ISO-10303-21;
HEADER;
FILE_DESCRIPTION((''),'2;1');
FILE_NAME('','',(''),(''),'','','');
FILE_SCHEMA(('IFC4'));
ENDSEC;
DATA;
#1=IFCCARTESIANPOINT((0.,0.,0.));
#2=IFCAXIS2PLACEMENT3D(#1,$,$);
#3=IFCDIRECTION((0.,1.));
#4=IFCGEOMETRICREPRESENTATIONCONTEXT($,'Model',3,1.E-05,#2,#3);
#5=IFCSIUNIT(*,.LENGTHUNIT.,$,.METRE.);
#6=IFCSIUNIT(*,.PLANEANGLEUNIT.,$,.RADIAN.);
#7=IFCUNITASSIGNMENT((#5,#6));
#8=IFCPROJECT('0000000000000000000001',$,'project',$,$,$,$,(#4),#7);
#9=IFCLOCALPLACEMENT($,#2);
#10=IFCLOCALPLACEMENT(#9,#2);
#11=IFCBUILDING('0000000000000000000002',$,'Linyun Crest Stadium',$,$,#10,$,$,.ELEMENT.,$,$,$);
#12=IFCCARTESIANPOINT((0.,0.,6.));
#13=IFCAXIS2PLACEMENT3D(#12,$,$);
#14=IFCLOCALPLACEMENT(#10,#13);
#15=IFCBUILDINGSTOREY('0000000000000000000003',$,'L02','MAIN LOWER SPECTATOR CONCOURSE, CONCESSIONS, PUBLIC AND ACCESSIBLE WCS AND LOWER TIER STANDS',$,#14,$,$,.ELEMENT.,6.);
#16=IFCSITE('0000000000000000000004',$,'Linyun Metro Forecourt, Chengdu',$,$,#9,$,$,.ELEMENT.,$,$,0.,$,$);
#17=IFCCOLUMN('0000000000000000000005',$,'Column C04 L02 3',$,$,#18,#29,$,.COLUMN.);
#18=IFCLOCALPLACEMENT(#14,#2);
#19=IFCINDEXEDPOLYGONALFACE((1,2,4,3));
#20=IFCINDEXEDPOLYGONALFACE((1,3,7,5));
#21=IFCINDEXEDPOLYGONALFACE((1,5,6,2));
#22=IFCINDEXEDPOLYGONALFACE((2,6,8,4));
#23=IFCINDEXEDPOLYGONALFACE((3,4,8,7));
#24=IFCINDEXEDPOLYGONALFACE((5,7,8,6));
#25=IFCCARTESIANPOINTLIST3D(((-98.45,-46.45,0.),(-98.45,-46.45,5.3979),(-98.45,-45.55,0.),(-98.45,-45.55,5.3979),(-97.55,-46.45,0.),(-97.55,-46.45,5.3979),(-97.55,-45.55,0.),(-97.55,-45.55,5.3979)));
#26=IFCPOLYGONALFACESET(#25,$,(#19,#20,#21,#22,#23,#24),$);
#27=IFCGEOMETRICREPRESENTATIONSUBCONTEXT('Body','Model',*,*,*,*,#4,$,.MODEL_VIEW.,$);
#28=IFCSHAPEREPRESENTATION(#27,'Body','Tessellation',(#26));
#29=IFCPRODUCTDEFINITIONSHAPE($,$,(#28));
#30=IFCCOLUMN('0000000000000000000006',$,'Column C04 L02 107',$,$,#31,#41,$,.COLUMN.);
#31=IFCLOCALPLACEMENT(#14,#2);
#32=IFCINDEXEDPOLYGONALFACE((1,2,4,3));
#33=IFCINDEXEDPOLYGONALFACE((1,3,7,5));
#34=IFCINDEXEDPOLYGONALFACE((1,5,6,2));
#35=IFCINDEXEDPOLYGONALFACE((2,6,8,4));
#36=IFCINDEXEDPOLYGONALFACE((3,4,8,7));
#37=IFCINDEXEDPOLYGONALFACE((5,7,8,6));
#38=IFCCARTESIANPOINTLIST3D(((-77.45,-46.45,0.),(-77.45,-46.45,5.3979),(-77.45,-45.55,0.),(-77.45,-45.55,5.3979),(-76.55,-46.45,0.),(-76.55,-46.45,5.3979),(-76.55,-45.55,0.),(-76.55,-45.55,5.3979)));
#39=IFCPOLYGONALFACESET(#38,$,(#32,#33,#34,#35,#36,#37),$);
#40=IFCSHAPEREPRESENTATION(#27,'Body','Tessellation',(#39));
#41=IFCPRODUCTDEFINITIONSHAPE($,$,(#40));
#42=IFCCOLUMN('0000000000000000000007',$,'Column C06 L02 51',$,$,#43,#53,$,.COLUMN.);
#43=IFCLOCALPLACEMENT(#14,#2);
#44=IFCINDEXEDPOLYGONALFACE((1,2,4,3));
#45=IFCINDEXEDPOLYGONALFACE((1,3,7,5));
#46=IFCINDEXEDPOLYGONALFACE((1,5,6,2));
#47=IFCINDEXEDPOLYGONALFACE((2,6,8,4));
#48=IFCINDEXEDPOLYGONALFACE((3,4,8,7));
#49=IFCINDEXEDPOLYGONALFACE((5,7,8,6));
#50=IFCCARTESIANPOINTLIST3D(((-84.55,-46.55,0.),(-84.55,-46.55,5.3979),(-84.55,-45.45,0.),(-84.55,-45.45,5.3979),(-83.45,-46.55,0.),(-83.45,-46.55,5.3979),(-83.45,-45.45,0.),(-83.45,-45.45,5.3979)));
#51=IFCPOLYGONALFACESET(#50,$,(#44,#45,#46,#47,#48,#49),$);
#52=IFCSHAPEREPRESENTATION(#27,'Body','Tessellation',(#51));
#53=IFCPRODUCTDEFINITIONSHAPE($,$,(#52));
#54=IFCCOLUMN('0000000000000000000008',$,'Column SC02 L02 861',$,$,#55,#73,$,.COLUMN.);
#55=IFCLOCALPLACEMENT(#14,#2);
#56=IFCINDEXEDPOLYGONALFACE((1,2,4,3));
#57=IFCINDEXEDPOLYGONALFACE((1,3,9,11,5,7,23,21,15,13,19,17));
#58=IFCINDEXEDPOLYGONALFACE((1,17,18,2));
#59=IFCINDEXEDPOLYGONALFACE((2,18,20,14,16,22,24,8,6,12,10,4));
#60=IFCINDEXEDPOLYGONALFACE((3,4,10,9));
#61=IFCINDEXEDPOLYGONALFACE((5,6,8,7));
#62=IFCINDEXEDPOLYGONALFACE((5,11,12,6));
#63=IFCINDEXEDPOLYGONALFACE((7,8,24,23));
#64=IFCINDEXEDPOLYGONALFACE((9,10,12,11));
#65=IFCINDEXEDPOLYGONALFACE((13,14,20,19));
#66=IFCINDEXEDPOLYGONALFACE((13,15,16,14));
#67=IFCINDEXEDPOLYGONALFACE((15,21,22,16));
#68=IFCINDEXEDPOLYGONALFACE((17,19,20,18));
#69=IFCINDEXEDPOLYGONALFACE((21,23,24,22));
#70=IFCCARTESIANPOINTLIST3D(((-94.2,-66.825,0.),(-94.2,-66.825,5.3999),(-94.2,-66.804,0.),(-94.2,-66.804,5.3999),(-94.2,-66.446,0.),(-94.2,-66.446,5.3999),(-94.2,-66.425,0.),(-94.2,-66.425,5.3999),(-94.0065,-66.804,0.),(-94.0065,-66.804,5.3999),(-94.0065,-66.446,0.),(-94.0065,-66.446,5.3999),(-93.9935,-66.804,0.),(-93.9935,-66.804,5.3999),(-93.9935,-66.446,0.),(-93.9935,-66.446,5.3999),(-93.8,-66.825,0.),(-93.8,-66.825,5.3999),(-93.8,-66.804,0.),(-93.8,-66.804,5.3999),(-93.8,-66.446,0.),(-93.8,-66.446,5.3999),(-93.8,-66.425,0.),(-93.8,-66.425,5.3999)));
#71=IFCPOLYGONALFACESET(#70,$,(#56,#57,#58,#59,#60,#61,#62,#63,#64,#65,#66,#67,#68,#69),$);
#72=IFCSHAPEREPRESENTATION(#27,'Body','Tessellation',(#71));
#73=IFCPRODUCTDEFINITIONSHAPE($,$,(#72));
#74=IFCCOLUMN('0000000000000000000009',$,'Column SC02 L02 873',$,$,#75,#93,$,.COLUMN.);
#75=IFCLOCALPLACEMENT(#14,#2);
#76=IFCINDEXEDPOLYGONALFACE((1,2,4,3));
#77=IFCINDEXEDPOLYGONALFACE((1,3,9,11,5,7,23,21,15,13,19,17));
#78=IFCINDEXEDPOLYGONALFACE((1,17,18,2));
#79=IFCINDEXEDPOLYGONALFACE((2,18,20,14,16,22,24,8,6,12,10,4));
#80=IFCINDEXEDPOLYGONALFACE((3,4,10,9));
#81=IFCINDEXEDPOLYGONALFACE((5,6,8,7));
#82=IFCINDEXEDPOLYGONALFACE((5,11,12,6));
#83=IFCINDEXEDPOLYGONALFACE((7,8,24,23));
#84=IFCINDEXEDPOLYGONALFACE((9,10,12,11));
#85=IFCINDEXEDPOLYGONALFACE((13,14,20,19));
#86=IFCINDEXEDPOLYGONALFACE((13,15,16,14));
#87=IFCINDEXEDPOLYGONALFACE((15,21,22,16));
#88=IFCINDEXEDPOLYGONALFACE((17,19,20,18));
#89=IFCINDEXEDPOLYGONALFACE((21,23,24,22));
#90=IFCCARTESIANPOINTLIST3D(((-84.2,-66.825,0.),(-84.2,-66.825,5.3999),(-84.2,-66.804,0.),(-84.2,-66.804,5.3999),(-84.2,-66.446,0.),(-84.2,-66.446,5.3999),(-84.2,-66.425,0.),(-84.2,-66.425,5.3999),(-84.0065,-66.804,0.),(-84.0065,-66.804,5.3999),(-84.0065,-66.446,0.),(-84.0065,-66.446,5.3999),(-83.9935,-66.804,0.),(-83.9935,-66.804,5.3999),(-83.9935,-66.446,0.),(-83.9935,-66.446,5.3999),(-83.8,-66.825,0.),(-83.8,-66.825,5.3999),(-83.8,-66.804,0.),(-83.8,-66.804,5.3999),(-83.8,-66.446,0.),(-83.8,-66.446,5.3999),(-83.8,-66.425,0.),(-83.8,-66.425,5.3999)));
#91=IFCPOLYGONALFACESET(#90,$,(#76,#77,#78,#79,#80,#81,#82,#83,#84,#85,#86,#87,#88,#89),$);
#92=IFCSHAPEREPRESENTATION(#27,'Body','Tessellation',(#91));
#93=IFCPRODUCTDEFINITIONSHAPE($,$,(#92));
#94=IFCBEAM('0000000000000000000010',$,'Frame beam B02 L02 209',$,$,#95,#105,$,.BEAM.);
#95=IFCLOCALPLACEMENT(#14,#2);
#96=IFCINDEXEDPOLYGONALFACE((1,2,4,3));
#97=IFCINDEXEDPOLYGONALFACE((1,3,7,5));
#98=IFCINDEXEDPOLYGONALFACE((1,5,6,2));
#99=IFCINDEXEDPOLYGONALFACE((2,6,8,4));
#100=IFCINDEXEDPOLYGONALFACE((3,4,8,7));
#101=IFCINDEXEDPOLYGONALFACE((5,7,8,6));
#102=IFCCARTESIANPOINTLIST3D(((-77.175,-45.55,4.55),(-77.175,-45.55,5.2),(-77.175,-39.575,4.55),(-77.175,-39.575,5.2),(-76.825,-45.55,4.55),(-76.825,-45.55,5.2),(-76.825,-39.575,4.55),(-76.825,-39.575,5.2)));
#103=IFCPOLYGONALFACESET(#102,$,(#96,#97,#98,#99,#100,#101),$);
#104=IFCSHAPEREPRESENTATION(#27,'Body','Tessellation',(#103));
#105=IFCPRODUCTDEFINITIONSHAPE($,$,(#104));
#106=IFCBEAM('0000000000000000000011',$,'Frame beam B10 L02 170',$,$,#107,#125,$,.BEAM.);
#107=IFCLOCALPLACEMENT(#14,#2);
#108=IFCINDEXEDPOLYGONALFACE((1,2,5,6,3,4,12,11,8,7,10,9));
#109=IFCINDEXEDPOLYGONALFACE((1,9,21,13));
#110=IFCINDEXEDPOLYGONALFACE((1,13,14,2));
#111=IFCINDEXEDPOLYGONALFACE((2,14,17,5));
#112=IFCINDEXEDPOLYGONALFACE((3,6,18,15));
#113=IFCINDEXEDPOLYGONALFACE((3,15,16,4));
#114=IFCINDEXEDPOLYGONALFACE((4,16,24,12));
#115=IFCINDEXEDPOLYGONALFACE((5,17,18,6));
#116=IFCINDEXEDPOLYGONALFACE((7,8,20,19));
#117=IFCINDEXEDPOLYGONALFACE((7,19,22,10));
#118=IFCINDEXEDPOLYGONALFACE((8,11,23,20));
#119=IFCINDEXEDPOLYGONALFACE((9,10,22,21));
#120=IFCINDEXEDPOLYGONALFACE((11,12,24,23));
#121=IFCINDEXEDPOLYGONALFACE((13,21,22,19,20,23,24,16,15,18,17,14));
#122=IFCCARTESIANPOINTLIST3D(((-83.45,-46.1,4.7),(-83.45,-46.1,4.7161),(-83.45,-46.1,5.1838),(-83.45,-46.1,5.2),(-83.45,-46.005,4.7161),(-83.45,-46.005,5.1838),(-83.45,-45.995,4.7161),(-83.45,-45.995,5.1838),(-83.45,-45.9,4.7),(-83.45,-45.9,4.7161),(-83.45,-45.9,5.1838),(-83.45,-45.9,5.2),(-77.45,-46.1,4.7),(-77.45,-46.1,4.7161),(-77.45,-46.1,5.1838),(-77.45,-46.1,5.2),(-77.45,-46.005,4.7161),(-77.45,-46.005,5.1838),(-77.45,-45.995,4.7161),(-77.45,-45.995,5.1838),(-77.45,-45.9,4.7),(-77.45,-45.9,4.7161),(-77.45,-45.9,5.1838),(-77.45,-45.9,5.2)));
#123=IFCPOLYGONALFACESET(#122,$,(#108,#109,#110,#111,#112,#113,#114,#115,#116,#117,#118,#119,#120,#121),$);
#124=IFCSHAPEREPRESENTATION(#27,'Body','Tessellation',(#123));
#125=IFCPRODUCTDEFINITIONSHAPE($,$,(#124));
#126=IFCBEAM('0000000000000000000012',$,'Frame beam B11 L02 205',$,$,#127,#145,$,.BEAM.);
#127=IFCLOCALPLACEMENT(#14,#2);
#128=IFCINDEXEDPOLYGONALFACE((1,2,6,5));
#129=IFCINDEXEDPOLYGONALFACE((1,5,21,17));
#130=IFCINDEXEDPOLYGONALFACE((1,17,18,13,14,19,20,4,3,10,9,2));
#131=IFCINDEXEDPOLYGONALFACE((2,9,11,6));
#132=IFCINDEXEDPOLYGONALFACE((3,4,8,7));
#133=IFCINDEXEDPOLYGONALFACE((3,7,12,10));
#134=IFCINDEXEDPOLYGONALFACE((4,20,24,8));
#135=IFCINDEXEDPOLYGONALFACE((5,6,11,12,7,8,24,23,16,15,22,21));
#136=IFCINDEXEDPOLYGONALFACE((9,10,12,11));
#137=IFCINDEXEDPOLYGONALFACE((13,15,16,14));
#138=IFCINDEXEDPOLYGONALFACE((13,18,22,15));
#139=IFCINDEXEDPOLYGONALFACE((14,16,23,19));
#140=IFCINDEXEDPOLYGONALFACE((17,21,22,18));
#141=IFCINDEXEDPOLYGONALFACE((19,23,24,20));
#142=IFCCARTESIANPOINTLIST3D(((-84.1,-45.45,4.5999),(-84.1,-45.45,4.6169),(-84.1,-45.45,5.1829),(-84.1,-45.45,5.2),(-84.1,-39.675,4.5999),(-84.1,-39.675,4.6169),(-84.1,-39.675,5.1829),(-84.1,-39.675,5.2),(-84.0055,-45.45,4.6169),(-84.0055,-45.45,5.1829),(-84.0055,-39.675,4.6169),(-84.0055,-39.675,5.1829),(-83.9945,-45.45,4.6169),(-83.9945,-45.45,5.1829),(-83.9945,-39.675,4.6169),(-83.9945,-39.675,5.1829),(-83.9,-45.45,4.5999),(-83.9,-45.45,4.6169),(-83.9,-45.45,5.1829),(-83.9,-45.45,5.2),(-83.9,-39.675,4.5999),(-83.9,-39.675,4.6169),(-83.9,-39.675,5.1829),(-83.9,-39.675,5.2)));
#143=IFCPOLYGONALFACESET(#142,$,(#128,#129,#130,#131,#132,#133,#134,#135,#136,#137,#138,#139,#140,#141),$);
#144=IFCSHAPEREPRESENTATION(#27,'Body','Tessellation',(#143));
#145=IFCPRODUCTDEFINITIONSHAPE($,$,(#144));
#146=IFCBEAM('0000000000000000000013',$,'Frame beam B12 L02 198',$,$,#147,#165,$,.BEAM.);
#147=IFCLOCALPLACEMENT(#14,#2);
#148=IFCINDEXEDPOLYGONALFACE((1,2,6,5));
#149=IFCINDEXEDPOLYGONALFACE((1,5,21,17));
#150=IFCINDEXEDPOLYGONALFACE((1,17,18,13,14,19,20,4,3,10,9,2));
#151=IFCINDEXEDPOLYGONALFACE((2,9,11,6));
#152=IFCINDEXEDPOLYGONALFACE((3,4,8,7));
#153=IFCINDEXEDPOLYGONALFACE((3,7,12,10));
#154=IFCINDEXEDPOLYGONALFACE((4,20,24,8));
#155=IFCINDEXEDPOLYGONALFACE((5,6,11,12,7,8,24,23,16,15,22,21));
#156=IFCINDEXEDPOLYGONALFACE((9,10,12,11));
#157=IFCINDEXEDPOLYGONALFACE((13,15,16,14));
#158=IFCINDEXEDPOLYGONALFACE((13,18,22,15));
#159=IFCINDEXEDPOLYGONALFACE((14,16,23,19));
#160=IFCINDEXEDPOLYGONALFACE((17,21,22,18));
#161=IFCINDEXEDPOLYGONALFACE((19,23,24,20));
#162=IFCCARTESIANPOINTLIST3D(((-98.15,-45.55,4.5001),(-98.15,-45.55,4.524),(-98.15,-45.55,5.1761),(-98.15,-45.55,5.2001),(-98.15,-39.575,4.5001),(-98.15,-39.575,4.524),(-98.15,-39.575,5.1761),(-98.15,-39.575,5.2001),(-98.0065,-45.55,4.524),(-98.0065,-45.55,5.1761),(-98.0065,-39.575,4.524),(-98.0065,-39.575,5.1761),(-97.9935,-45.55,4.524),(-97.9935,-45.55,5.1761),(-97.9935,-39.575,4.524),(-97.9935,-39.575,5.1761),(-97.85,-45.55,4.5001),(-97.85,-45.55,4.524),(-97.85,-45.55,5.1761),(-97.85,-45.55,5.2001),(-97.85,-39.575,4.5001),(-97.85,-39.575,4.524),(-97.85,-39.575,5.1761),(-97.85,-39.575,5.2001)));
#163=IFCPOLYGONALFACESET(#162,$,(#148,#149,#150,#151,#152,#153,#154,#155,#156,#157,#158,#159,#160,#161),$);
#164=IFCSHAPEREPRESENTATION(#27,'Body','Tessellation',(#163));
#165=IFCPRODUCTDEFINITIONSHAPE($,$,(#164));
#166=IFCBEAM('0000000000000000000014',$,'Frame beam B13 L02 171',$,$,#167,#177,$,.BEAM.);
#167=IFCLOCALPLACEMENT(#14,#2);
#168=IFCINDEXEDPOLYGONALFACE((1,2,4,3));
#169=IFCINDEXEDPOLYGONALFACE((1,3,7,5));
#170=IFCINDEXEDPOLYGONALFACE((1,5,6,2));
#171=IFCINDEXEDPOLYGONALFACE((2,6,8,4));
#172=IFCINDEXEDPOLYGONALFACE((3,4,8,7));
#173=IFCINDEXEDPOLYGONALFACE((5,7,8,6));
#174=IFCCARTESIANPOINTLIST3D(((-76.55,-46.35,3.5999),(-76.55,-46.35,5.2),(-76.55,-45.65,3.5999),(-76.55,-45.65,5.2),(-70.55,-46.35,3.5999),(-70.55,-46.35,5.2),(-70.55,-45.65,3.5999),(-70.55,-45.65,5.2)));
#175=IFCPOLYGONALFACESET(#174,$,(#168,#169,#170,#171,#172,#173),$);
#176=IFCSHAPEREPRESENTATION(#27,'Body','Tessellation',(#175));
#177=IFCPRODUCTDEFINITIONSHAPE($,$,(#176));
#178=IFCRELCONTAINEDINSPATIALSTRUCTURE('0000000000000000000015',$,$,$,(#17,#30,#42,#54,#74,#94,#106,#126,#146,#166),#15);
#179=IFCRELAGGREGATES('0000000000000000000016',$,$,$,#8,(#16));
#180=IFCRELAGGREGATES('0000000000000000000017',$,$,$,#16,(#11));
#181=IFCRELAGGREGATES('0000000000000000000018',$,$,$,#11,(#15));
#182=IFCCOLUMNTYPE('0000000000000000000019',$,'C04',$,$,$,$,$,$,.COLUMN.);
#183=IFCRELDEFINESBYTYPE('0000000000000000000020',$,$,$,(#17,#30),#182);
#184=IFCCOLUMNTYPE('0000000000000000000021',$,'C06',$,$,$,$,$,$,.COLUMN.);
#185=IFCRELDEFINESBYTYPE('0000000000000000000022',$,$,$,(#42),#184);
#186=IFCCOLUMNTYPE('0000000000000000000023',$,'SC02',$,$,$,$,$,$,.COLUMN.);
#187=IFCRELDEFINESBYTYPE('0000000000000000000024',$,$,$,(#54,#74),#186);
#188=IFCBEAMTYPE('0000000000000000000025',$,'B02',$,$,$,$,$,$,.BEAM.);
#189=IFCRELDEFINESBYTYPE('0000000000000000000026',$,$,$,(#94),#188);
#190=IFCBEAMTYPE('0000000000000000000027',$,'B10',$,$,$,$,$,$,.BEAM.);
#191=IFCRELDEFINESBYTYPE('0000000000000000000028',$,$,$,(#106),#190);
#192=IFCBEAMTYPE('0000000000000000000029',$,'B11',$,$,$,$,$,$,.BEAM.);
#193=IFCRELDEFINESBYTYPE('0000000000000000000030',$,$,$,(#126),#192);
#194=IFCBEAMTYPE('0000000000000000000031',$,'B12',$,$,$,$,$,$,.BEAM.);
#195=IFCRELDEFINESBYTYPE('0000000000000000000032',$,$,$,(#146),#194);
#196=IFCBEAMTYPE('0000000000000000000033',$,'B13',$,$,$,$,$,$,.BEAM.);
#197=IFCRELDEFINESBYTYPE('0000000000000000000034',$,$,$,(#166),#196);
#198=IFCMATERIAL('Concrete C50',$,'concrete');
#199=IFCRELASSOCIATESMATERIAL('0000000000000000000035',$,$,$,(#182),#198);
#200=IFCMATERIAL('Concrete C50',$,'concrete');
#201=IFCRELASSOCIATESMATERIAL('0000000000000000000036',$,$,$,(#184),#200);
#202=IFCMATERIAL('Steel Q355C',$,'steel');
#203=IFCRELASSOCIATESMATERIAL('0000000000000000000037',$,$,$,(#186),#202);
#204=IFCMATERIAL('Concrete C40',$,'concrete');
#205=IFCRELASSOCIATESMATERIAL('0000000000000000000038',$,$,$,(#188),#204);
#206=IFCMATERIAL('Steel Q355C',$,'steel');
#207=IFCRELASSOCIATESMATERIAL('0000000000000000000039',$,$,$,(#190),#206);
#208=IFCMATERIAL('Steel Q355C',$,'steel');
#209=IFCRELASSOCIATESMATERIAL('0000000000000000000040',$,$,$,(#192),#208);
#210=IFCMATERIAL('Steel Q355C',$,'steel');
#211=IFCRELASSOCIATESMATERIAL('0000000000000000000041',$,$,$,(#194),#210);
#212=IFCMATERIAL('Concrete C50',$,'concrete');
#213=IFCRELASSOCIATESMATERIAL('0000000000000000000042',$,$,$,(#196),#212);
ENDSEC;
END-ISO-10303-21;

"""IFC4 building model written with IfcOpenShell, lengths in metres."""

from ifc_helpers import new_model, si_unit, direction, frame, origin, origin_2d, place, context, subcontext, project, spatial, rectangle, i_section, extrude, material, material_profile, profile_set, type_object, element, save


model = new_model("IFC4")

# Units and contexts
model_context = context("Model", 3, precision=1e-05, world=origin(), true_north=direction((0.0, 1.0)))
body_context = subcontext(model_context, "Body", "Model", "MODEL_VIEW")
ifc_project = project(units=[si_unit("LENGTHUNIT", "METRE"), si_unit("PLANEANGLEUNIT", "RADIAN")], contexts=[model_context])

# Site, building, storey
site_placement = place(None, origin())
site = spatial("IfcSite", under=ifc_project, at=site_placement, Name="Linyun Metro Forecourt, Chengdu", CompositionType="ELEMENT", RefElevation=0.0)
building_placement = place(site_placement, origin())
building = spatial("IfcBuilding", under=site, at=building_placement, Name="Linyun Crest Stadium", CompositionType="ELEMENT")
storey_placement = place(building_placement, frame((0.0, 0.0, 6.0)))
storey = spatial("IfcBuildingStorey", under=building, at=storey_placement, Name="L02", Description="MAIN LOWER SPECTATOR CONCOURSE, CONCESSIONS, PUBLIC AND ACCESSIBLE WCS AND LOWER TIER STANDS", CompositionType="ELEMENT", Elevation=6.0)

# Columns
ifc_material_1 = material(Name="Concrete C50", Category="concrete")
ifc_material_profile_1 = material_profile(ifc_material_1, rectangle(XDim=0.8999, YDim=0.8999, at=origin_2d()), Name="RC 900x900")
ifc_profile_set_1 = profile_set([ifc_material_profile_1], Name="Concrete C50")
column_type_1 = type_object("IfcColumnType", Name="C04", PredefinedType="COLUMN", material=ifc_profile_set_1)
for number, where, z_axis, x_axis, name in (
    (1, (-98.0, -46.0, 0.0), (0.0, 0.0, 1.0), (1.0, 0.0, 0.0), "Column C04 L02 3"),
    (2, (-77.0, -46.0, 0.0), (0.0, 0.0, 1.0), (1.0, 0.0, 0.0), "Column C04 L02 107"),
):
    element("IfcColumn", number, at=place(storey_placement, frame(where, z_axis=z_axis, x_axis=x_axis)), inside=storey, type_object=column_type_1, Name=name, PredefinedType="COLUMN", context=body_context, shape_type="SweptSolid", body=[
        extrude(rectangle(XDim=0.8999, YDim=0.8999, at=origin_2d()), origin(), (0.0, 0.0, 1.0), 5.3979),
    ])
ifc_material_2 = material(Name="Concrete C50", Category="concrete")
ifc_material_profile_2 = material_profile(ifc_material_2, rectangle(XDim=1.1001, YDim=1.1001, at=origin_2d()), Name="RC 1100x1100")
ifc_profile_set_2 = profile_set([ifc_material_profile_2], Name="Concrete C50")
column_type_2 = type_object("IfcColumnType", Name="C06", PredefinedType="COLUMN", material=ifc_profile_set_2)
column_placement = place(storey_placement, frame((-84.0, -46.0, 0.0), z_axis=(0.0, 0.0, 1.0), x_axis=(1.0, 0.0, 0.0)))
element("IfcColumn", 3, at=column_placement, inside=storey, type_object=column_type_2, Name="Column C06 L02 51", PredefinedType="COLUMN", context=body_context, shape_type="SweptSolid", body=[
    extrude(rectangle(XDim=1.1001, YDim=1.1001, at=origin_2d()), origin(), (0.0, 0.0, 1.0), 5.3979),
])
ifc_material_3 = material(Name="Steel Q355C", Category="steel")
ifc_material_profile_3 = material_profile(ifc_material_3, i_section(OverallWidth=0.3999, OverallDepth=0.3999, WebThickness=0.0129, FlangeThickness=0.021, at=origin_2d()), Name="HW 400x400")
ifc_profile_set_3 = profile_set([ifc_material_profile_3], Name="Steel Q355C")
column_type_3 = type_object("IfcColumnType", Name="SC02", PredefinedType="COLUMN", material=ifc_profile_set_3)
for number, where, z_axis, x_axis, name in (
    (4, (-94.0, -66.625, 0.0), (0.0, 0.0, 1.0), (1.0, 0.0, 0.0), "Column SC02 L02 861"),
    (5, (-84.0, -66.625, 0.0), (0.0, 0.0, 1.0), (1.0, 0.0, 0.0), "Column SC02 L02 873"),
):
    element("IfcColumn", number, at=place(storey_placement, frame(where, z_axis=z_axis, x_axis=x_axis)), inside=storey, type_object=column_type_3, Name=name, PredefinedType="COLUMN", context=body_context, shape_type="SweptSolid", body=[
        extrude(i_section(OverallWidth=0.3999, OverallDepth=0.3999, WebThickness=0.0129, FlangeThickness=0.021, at=origin_2d()), origin(), (0.0, 0.0, 1.0), 5.3999),
    ])

# Beams
ifc_material_4 = material(Name="Concrete C40", Category="concrete")
ifc_material_profile_4 = material_profile(ifc_material_4, rectangle(XDim=0.3501, YDim=0.6499, at=origin_2d()), Name="RCB 650x350")
ifc_profile_set_4 = profile_set([ifc_material_profile_4], Name="Concrete C40")
beam_type_1 = type_object("IfcBeamType", Name="B02", PredefinedType="BEAM", material=ifc_profile_set_4)
beam_1_placement = place(storey_placement, frame((-77.0, -45.55, 4.875), z_axis=(0.0, 1.0, 0.0), x_axis=(-1.0, 0.0, 0.0)))
element("IfcBeam", 6, at=beam_1_placement, inside=storey, type_object=beam_type_1, Name="Frame beam B02 L02 209", PredefinedType="BEAM", context=body_context, shape_type="SweptSolid", body=[
    extrude(rectangle(XDim=0.3501, YDim=0.6499, at=origin_2d()), origin(), (0.0, 0.0, 1.0), 5.9751),
])
ifc_material_5 = material(Name="Steel Q355C", Category="steel")
ifc_material_profile_5 = material_profile(ifc_material_5, i_section(OverallWidth=0.2, OverallDepth=0.5, WebThickness=0.01, FlangeThickness=0.0161, at=origin_2d()), Name="HN 500x200")
ifc_profile_set_5 = profile_set([ifc_material_profile_5], Name="Steel Q355C")
beam_type_2 = type_object("IfcBeamType", Name="B10", PredefinedType="BEAM", material=ifc_profile_set_5)
beam_2_placement = place(storey_placement, frame((-83.45, -46.0, 4.95), z_axis=(1.0, 0.0, 0.0), x_axis=(0.0, 1.0, 0.0)))
element("IfcBeam", 7, at=beam_2_placement, inside=storey, type_object=beam_type_2, Name="Frame beam B10 L02 170", PredefinedType="BEAM", context=body_context, shape_type="SweptSolid", body=[
    extrude(i_section(OverallWidth=0.2, OverallDepth=0.5, WebThickness=0.01, FlangeThickness=0.0161, at=origin_2d()), origin(), (0.0, 0.0, 1.0), 6.0),
])
ifc_material_6 = material(Name="Steel Q355C", Category="steel")
ifc_material_profile_6 = material_profile(ifc_material_6, i_section(OverallWidth=0.2, OverallDepth=0.6001, WebThickness=0.011, FlangeThickness=0.0171, at=origin_2d()), Name="HN 600x200")
ifc_profile_set_6 = profile_set([ifc_material_profile_6], Name="Steel Q355C")
beam_type_3 = type_object("IfcBeamType", Name="B11", PredefinedType="BEAM", material=ifc_profile_set_6)
beam_3_placement = place(storey_placement, frame((-84.0, -45.45, 4.8999), z_axis=(0.0, 1.0, 0.0), x_axis=(-1.0, 0.0, 0.0)))
element("IfcBeam", 8, at=beam_3_placement, inside=storey, type_object=beam_type_3, Name="Frame beam B11 L02 205", PredefinedType="BEAM", context=body_context, shape_type="SweptSolid", body=[
    extrude(i_section(OverallWidth=0.2, OverallDepth=0.6001, WebThickness=0.011, FlangeThickness=0.0171, at=origin_2d()), origin(), (0.0, 0.0, 1.0), 5.7749),
])
ifc_material_7 = material(Name="Steel Q355C", Category="steel")
ifc_material_profile_7 = material_profile(ifc_material_7, i_section(OverallWidth=0.3, OverallDepth=0.7, WebThickness=0.0129, FlangeThickness=0.0239, at=origin_2d()), Name="HN 700x300")
ifc_profile_set_7 = profile_set([ifc_material_profile_7], Name="Steel Q355C")
beam_type_4 = type_object("IfcBeamType", Name="B12", PredefinedType="BEAM", material=ifc_profile_set_7)
beam_4_placement = place(storey_placement, frame((-98.0, -45.55, 4.8501), z_axis=(0.0, 1.0, 0.0), x_axis=(-1.0, 0.0, 0.0)))
element("IfcBeam", 9, at=beam_4_placement, inside=storey, type_object=beam_type_4, Name="Frame beam B12 L02 198", PredefinedType="BEAM", context=body_context, shape_type="SweptSolid", body=[
    extrude(i_section(OverallWidth=0.3, OverallDepth=0.7, WebThickness=0.0129, FlangeThickness=0.0239, at=origin_2d()), origin(), (0.0, 0.0, 1.0), 5.9751),
])
ifc_material_8 = material(Name="Concrete C50", Category="concrete")
ifc_material_profile_8 = material_profile(ifc_material_8, rectangle(XDim=0.7, YDim=1.6001, at=origin_2d()), Name="RCB 1600x700")
ifc_profile_set_8 = profile_set([ifc_material_profile_8], Name="Concrete C50")
beam_type_5 = type_object("IfcBeamType", Name="B13", PredefinedType="BEAM", material=ifc_profile_set_8)
beam_5_placement = place(storey_placement, frame((-76.55, -46.0, 4.3999), z_axis=(1.0, 0.0, 0.0), x_axis=(0.0, 1.0, 0.0)))
element("IfcBeam", 10, at=beam_5_placement, inside=storey, type_object=beam_type_5, Name="Frame beam B13 L02 171", PredefinedType="BEAM", context=body_context, shape_type="SweptSolid", body=[
    extrude(rectangle(XDim=0.7, YDim=1.6001, at=origin_2d()), origin(), (0.0, 0.0, 1.0), 6.0),
])

save(model, "model.ifc")
